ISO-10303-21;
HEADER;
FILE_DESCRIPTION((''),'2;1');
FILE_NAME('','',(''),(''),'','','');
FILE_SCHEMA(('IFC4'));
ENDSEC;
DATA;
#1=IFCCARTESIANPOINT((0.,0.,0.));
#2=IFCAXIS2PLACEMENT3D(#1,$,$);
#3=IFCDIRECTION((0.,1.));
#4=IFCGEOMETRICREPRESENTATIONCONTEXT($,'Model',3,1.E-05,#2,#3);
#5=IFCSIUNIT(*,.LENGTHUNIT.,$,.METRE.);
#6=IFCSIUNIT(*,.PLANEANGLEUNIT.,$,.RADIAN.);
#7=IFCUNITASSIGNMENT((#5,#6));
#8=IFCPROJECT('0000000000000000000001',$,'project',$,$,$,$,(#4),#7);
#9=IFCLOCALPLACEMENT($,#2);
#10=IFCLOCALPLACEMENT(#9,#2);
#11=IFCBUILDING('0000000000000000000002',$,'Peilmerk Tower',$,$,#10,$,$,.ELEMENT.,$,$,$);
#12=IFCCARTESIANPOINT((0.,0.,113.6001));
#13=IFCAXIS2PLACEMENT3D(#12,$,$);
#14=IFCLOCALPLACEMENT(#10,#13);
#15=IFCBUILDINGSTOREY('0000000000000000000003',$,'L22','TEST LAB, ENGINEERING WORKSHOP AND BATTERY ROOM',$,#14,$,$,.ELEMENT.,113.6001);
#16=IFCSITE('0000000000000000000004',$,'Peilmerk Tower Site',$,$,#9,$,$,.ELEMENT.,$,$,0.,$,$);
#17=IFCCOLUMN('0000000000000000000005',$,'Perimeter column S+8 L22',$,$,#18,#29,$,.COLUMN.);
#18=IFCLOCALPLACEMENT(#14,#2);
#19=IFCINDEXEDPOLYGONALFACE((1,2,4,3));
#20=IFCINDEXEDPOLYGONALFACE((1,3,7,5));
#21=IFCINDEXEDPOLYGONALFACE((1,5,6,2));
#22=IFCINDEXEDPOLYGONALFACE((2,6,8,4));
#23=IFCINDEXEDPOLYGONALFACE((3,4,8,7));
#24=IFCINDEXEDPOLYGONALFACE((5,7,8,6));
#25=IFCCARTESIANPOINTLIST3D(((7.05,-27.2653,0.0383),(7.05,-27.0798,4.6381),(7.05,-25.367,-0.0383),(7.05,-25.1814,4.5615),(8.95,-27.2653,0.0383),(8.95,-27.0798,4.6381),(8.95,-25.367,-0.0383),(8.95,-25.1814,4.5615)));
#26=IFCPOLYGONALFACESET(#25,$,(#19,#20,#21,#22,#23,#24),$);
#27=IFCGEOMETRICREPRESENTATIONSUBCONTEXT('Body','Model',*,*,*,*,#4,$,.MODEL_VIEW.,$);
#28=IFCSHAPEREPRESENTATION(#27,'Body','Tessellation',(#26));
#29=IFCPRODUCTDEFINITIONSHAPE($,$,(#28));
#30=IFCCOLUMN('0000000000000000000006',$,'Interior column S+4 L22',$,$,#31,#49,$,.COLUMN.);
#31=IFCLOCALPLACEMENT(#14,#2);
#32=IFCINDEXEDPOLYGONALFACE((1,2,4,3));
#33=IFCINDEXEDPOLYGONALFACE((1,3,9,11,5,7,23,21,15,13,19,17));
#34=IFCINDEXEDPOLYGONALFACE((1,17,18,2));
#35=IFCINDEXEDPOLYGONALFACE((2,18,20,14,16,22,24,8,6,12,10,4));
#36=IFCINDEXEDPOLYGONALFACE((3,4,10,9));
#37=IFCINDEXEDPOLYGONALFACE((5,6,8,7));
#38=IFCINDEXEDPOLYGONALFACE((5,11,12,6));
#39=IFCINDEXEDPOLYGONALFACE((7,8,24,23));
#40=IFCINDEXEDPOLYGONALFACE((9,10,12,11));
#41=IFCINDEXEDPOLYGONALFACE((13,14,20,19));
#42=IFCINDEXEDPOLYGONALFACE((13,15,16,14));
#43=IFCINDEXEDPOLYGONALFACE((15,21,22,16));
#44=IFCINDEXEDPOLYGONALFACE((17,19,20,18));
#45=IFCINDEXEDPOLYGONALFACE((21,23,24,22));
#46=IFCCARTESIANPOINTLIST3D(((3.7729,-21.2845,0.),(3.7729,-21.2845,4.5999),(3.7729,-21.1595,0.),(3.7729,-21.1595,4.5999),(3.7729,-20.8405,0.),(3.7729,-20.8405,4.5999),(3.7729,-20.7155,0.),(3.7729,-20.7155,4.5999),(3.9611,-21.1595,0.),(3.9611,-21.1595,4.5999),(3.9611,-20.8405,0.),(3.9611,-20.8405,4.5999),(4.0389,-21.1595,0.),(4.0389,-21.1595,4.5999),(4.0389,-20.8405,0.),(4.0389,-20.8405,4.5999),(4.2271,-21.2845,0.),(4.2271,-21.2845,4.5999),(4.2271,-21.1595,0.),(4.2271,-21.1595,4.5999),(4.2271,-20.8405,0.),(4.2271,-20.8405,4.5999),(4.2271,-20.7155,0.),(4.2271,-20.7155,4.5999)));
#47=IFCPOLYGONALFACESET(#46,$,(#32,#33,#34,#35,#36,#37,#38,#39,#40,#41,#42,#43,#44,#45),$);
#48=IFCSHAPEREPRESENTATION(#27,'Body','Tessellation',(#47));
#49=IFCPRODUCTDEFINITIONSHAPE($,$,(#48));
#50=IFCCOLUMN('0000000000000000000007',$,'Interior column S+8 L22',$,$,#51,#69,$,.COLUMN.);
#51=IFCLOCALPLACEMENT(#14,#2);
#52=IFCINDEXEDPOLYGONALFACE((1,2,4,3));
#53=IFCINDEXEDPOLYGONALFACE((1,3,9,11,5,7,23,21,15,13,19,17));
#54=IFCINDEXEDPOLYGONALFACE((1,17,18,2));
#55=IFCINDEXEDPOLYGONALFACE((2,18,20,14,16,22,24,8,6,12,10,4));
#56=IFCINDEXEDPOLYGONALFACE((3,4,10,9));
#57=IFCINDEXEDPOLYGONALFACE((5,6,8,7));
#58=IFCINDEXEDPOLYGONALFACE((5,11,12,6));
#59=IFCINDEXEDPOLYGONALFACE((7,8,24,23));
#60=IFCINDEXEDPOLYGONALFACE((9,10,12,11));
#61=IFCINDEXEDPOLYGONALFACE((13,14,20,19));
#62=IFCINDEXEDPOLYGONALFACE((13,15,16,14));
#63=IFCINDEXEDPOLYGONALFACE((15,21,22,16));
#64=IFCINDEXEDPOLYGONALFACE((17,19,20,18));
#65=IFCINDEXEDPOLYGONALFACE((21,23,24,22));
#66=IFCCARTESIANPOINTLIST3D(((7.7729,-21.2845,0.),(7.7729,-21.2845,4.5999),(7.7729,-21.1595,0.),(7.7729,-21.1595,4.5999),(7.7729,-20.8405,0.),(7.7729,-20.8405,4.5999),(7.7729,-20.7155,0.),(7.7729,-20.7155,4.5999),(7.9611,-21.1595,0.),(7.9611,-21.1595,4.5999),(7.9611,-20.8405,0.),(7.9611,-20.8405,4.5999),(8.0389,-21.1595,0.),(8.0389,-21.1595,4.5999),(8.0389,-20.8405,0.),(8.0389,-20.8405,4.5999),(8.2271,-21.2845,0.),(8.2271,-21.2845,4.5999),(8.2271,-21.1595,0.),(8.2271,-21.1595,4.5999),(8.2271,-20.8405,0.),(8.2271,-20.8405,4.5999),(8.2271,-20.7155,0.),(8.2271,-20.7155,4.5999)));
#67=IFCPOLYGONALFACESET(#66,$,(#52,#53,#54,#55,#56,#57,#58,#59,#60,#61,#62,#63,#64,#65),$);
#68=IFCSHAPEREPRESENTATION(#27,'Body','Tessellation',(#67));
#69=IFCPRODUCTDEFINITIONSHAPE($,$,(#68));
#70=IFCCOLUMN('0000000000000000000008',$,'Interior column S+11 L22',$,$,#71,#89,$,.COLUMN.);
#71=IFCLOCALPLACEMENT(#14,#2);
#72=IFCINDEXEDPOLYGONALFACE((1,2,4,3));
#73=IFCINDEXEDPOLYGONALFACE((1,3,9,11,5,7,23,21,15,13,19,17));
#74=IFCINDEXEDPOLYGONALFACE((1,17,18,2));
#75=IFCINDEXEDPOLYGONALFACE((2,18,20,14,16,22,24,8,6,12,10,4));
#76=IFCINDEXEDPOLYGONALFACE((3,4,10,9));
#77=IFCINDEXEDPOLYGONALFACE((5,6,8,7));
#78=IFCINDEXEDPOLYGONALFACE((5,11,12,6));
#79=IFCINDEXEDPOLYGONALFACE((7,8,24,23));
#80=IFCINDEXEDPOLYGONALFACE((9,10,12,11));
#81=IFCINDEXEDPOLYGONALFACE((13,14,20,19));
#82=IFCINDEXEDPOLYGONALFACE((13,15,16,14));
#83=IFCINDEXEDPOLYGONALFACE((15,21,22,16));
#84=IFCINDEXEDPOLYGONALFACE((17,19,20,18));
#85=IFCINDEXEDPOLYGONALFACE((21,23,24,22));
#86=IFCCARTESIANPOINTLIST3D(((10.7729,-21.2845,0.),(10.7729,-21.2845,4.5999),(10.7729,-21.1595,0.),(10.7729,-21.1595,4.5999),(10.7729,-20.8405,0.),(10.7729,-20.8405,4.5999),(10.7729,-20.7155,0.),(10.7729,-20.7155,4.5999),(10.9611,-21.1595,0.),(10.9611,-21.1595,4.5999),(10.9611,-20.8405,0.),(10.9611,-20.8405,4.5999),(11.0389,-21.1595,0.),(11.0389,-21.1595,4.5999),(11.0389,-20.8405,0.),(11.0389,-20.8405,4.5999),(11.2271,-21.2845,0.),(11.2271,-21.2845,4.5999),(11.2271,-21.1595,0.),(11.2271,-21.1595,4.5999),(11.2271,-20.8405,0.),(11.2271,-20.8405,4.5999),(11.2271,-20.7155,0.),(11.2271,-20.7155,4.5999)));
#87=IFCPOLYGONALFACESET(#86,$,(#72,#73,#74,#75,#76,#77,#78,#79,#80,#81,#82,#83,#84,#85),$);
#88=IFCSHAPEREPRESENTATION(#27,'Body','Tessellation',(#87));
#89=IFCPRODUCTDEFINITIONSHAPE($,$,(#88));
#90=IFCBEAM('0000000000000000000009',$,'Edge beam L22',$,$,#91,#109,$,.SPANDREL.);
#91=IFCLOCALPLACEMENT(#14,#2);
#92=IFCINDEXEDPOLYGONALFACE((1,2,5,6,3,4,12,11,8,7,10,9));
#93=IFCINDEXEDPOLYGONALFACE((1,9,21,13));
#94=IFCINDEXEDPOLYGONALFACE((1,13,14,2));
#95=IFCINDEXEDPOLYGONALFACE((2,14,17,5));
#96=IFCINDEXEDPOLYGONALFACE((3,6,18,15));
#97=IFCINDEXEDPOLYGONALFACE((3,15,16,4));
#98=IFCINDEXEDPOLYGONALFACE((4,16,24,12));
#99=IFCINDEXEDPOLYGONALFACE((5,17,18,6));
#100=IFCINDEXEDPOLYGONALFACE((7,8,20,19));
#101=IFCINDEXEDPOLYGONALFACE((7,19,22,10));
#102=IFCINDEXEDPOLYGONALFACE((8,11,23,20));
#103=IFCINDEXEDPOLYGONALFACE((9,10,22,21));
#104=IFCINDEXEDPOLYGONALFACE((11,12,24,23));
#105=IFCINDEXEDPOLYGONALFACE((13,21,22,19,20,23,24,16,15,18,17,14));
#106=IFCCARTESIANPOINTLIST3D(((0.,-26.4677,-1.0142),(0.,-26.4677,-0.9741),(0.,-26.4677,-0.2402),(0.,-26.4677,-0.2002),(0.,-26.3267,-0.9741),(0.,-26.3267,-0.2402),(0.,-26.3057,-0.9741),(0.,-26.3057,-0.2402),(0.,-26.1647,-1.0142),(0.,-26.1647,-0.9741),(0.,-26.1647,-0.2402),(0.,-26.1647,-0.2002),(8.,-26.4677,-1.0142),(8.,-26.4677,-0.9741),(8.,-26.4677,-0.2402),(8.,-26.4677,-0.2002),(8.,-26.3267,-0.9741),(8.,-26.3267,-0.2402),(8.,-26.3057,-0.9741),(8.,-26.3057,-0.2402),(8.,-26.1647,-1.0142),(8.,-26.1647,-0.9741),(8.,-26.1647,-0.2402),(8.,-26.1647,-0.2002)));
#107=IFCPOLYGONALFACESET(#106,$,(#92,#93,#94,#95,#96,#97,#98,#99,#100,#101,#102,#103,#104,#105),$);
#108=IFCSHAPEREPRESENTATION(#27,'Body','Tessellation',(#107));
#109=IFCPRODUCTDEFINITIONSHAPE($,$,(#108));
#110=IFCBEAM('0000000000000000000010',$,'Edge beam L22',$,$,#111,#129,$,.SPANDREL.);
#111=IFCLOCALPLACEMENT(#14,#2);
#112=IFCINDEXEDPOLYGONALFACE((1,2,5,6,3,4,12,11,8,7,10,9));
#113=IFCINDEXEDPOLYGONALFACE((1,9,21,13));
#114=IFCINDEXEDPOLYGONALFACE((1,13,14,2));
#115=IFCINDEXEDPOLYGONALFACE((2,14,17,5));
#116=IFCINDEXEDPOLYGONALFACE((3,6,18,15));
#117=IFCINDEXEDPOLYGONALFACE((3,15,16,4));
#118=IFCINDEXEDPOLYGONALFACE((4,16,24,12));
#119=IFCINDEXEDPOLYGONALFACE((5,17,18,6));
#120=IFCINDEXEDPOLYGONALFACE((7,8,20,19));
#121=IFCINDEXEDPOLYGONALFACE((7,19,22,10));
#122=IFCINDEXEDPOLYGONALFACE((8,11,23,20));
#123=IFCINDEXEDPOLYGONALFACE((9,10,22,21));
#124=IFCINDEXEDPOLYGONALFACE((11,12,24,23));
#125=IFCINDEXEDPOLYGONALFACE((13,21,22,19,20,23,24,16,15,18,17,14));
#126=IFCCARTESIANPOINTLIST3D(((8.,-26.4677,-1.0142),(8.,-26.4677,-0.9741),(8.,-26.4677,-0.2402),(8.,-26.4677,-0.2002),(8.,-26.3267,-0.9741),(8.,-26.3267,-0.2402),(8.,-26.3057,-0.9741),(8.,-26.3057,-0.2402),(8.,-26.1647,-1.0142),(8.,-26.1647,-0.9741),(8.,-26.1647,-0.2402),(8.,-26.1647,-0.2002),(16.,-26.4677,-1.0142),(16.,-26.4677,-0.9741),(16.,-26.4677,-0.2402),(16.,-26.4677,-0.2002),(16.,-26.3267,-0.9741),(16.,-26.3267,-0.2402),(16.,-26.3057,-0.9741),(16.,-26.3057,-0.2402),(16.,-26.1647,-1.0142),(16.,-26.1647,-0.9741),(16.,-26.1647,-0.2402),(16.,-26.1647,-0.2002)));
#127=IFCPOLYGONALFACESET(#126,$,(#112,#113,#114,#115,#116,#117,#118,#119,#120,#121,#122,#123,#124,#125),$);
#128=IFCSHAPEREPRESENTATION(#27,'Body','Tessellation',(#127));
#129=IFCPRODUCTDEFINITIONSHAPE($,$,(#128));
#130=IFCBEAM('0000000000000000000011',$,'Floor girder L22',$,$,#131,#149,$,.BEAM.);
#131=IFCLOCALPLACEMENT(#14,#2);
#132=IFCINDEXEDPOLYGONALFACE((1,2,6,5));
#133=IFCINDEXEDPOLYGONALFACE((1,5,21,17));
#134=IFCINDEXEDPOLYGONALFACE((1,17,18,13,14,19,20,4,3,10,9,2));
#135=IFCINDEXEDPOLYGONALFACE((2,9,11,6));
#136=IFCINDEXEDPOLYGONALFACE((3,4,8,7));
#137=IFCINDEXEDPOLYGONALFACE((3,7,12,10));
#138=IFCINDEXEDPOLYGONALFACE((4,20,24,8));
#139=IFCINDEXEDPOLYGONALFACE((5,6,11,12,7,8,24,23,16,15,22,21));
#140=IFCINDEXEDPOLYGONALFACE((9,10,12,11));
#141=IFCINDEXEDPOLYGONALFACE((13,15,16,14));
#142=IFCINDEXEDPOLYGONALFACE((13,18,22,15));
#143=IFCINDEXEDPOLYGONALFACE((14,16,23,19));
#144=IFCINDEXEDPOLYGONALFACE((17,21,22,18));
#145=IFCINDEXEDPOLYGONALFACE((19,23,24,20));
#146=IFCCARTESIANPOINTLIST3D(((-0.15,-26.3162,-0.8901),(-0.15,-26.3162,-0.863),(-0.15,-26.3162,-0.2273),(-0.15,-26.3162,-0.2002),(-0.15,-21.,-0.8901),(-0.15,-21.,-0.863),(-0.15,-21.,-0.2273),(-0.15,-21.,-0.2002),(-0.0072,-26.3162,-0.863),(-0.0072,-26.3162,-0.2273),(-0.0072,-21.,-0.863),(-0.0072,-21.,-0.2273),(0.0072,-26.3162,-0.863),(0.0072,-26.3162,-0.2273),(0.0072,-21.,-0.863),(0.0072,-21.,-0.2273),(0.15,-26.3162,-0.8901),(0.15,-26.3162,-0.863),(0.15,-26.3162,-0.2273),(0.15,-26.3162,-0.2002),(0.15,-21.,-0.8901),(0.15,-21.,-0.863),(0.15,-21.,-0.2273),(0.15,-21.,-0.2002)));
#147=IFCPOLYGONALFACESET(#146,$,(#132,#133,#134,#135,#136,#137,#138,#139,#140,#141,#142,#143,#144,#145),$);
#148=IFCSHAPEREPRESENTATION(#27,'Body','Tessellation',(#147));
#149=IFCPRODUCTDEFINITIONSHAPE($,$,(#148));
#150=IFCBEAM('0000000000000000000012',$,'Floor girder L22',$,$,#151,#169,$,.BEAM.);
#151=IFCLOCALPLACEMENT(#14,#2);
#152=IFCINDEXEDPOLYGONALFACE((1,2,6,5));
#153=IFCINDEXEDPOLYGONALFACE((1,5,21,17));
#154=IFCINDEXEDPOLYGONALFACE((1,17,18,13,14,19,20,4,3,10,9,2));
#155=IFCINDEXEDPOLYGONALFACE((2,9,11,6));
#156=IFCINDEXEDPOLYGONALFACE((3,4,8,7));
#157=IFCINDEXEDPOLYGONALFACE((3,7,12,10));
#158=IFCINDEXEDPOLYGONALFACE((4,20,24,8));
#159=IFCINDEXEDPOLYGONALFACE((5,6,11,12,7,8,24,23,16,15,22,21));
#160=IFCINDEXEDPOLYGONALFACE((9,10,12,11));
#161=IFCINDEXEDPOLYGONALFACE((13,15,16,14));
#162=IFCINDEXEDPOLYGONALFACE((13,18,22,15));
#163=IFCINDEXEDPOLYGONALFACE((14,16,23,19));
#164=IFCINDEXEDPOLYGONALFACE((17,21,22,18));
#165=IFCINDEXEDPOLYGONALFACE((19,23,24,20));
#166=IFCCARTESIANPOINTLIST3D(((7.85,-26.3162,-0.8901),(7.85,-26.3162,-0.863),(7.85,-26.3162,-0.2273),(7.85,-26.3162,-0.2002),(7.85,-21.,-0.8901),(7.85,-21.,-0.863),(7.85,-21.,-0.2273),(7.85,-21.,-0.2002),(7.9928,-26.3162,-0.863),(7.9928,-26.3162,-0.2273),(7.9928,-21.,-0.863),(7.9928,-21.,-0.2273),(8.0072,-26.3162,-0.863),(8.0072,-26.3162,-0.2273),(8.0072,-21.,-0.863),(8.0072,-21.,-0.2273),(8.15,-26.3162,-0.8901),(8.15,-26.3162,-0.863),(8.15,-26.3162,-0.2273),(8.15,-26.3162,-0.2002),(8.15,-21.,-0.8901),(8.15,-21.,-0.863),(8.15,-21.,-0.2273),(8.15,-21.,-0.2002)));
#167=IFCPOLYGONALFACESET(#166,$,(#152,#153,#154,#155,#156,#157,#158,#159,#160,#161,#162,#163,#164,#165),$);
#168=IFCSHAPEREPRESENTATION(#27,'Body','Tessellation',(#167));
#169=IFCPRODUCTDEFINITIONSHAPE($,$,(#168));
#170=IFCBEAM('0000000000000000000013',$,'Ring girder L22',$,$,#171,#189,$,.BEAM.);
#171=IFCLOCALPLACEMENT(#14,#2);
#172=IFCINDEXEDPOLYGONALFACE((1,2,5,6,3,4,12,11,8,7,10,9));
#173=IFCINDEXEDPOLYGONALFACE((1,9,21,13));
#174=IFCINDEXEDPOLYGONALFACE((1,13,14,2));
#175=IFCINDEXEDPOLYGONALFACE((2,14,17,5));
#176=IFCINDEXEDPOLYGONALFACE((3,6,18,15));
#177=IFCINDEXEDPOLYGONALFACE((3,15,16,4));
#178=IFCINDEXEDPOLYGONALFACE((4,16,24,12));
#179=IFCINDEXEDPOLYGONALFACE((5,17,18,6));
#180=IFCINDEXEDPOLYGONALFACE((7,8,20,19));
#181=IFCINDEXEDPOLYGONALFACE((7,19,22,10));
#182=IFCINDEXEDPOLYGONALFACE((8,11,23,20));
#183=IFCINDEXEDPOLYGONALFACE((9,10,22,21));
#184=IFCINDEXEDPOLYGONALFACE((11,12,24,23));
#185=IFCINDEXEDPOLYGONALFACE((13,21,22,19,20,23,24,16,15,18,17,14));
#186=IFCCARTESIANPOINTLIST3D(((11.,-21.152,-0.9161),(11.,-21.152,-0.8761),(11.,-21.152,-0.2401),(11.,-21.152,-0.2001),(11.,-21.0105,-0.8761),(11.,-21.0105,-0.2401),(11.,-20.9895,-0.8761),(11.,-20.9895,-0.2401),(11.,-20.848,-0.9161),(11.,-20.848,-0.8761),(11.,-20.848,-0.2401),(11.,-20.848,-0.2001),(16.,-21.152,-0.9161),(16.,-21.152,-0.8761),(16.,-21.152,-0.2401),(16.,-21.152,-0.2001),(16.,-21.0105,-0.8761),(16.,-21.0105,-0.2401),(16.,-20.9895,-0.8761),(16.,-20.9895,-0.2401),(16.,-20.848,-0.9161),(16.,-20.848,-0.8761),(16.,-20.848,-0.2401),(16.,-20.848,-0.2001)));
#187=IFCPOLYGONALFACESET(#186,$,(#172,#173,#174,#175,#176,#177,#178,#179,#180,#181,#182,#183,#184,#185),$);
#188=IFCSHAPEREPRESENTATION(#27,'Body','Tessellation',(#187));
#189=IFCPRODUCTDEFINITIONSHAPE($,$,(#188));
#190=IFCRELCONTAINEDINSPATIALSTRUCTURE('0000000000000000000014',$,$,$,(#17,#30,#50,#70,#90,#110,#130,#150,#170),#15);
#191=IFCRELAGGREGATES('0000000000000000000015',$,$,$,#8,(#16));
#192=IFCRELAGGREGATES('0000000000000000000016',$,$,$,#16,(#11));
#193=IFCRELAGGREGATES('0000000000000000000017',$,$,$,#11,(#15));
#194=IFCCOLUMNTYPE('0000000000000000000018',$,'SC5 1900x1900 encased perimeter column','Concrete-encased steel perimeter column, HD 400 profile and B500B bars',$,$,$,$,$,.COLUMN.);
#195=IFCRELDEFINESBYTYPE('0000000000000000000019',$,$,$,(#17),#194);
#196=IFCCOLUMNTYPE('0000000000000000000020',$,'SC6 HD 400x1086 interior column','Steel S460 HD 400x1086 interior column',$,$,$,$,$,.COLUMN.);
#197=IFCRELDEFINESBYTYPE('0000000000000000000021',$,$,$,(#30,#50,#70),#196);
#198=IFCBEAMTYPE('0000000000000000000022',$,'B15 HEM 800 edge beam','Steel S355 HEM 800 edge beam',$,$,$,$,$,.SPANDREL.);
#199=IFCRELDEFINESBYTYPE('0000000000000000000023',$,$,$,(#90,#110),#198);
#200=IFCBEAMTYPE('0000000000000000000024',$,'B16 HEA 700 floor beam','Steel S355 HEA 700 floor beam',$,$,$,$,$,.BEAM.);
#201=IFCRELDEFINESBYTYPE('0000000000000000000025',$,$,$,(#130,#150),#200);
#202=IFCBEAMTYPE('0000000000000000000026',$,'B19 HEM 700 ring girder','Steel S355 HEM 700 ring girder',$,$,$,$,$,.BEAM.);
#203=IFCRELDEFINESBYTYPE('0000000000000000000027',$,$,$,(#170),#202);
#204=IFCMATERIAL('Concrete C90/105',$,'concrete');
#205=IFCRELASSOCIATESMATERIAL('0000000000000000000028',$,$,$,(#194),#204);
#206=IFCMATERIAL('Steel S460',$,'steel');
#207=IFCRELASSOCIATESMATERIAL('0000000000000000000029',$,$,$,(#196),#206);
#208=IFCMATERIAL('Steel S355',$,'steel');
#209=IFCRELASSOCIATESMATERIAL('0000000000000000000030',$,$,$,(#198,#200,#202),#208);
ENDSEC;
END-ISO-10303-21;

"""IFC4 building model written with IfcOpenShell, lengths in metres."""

from ifc_helpers import new_model, si_unit, direction, frame, origin, origin_2d, place, context, subcontext, project, spatial, rectangle, i_section, extrude, material, material_profile, profile_set, type_object, element, save


model = new_model("IFC4")

# Units and contexts
model_context = context("Model", 3, precision=1e-05, world=origin(), true_north=direction((0.0, 1.0)))
body_context = subcontext(model_context, "Body", "Model", "MODEL_VIEW")
ifc_project = project(units=[si_unit("LENGTHUNIT", "METRE"), si_unit("PLANEANGLEUNIT", "RADIAN")], contexts=[model_context])

# Site, building, storey
site_placement = place(None, origin())
site = spatial("IfcSite", under=ifc_project, at=site_placement, Name="Peilmerk Tower Site", CompositionType="ELEMENT", RefElevation=0.0)
building_placement = place(site_placement, origin())
building = spatial("IfcBuilding", under=site, at=building_placement, Name="Peilmerk Tower", CompositionType="ELEMENT")
storey_placement = place(building_placement, frame((0.0, 0.0, 113.6001)))
storey = spatial("IfcBuildingStorey", under=building, at=storey_placement, Name="L22", Description="TEST LAB, ENGINEERING WORKSHOP AND BATTERY ROOM", CompositionType="ELEMENT", Elevation=113.6001)

# Columns
ifc_material_1 = material(Name="Concrete C90/105", Category="concrete")
ifc_material_profile_1 = material_profile(ifc_material_1, rectangle(XDim=1.8999, YDim=1.8999, at=origin_2d()), Name="RC 1900x1900")
ifc_profile_set_1 = profile_set([ifc_material_profile_1], Name="Concrete C90/105")
column_type_1 = type_object("IfcColumnType", Name="SC5 1900x1900 encased perimeter column", Description="Concrete-encased steel perimeter column, HD 400 profile and B500B bars", PredefinedType="COLUMN", material=ifc_profile_set_1)
column_placement = place(storey_placement, frame((8.0, -26.3162, 0.0), z_axis=(0.0, 0.040305, 0.999187), x_axis=(-1.0, 0.0, 0.0)))
element("IfcColumn", 1, at=column_placement, inside=storey, type_object=column_type_1, Name="Perimeter column S+8 L22", PredefinedType="COLUMN", context=body_context, shape_type="SweptSolid", body=[
    extrude(rectangle(XDim=1.8999, YDim=1.8999, at=origin_2d()), origin(), (0.0, 0.0, 1.0), 4.6035),
])
ifc_material_2 = material(Name="Steel S460", Category="steel")
ifc_material_profile_2 = material_profile(ifc_material_2, i_section(OverallWidth=0.4541, OverallDepth=0.5691, WebThickness=0.0779, FlangeThickness=0.125, at=origin_2d()), Name="HD 400x1086")
ifc_profile_set_2 = profile_set([ifc_material_profile_2], Name="Steel S460")
column_type_2 = type_object("IfcColumnType", Name="SC6 HD 400x1086 interior column", Description="Steel S460 HD 400x1086 interior column", PredefinedType="COLUMN", material=ifc_profile_set_2)
for number, where, z_axis, x_axis, name in (
    (2, (4.0, -21.0, 0.0), (0.0, 0.0, 1.0), (1.0, 0.0, 0.0), "Interior column S+4 L22"),
    (3, (8.0, -21.0, 0.0), (0.0, 0.0, 1.0), (1.0, 0.0, 0.0), "Interior column S+8 L22"),
    (4, (11.0, -21.0, 0.0), (0.0, 0.0, 1.0), (1.0, 0.0, 0.0), "Interior column S+11 L22"),
):
    element("IfcColumn", number, at=place(storey_placement, frame(where, z_axis=z_axis, x_axis=x_axis)), inside=storey, type_object=column_type_2, Name=name, PredefinedType="COLUMN", context=body_context, shape_type="SweptSolid", body=[
        extrude(i_section(OverallWidth=0.4541, OverallDepth=0.5691, WebThickness=0.0779, FlangeThickness=0.125, at=origin_2d()), origin(), (0.0, 0.0, 1.0), 4.5999),
    ])

# Beams
ifc_material_3 = material(Name="Steel S355", Category="steel")
ifc_material_profile_3 = material_profile(ifc_material_3, i_section(OverallWidth=0.303, OverallDepth=0.814, WebThickness=0.021, FlangeThickness=0.04, at=origin_2d()), Name="HEM 800")
ifc_profile_set_3 = profile_set([ifc_material_profile_3], Name="Steel S355")
beam_type_1 = type_object("IfcBeamType", Name="B15 HEM 800 edge beam", Description="Steel S355 HEM 800 edge beam", PredefinedType="SPANDREL", material=ifc_profile_set_3)
for number, where, z_axis, x_axis, name in (
    (5, (0.0, -26.3162, -0.6072), (1.0, 0.0, 0.0), (0.0, 1.0, 0.0), "Edge beam L22"),
    (6, (8.0, -26.3162, -0.6072), (1.0, 0.0, 0.0), (0.0, 1.0, 0.0), "Edge beam L22"),
):
    element("IfcBeam", number, at=place(storey_placement, frame(where, z_axis=z_axis, x_axis=x_axis)), inside=storey, type_object=beam_type_1, Name=name, PredefinedType="SPANDREL", context=body_context, shape_type="SweptSolid", body=[
        extrude(i_section(OverallWidth=0.303, OverallDepth=0.814, WebThickness=0.021, FlangeThickness=0.04, at=origin_2d()), origin(), (0.0, 0.0, 1.0), 8.0),
    ])
ifc_material_profile_4 = material_profile(ifc_material_3, i_section(OverallWidth=0.3, OverallDepth=0.6899, WebThickness=0.0144, FlangeThickness=0.0271, at=origin_2d()), Name="HEA 700")
ifc_profile_set_4 = profile_set([ifc_material_profile_4], Name="Steel S355")
beam_type_2 = type_object("IfcBeamType", Name="B16 HEA 700 floor beam", Description="Steel S355 HEA 700 floor beam", PredefinedType="BEAM", material=ifc_profile_set_4)
for number, where, z_axis, x_axis, name in (
    (7, (0.0, -21.0, -0.5452), (0.0, -1.0, 0.0), (1.0, 0.0, 0.0), "Floor girder L22"),
    (8, (8.0, -21.0, -0.5452), (0.0, -1.0, 0.0), (1.0, 0.0, 0.0), "Floor girder L22"),
):
    element("IfcBeam", number, at=place(storey_placement, frame(where, z_axis=z_axis, x_axis=x_axis)), inside=storey, type_object=beam_type_2, Name=name, PredefinedType="BEAM", context=body_context, shape_type="SweptSolid", body=[
        extrude(i_section(OverallWidth=0.3, OverallDepth=0.6899, WebThickness=0.0144, FlangeThickness=0.0271, at=origin_2d()), origin(), (0.0, 0.0, 1.0), 5.3162),
    ])
ifc_material_profile_5 = material_profile(ifc_material_3, i_section(OverallWidth=0.304, OverallDepth=0.7161, WebThickness=0.021, FlangeThickness=0.04, at=origin_2d()), Name="HEM 700")
ifc_profile_set_5 = profile_set([ifc_material_profile_5], Name="Steel S355")
beam_type_3 = type_object("IfcBeamType", Name="B19 HEM 700 ring girder", Description="Steel S355 HEM 700 ring girder", PredefinedType="BEAM", material=ifc_profile_set_5)
beam_1_placement = place(storey_placement, frame((11.0, -21.0, -0.5581), z_axis=(1.0, 0.0, 0.0), x_axis=(0.0, 1.0, 0.0)))
element("IfcBeam", 9, at=beam_1_placement, inside=storey, type_object=beam_type_3, Name="Ring girder L22", PredefinedType="BEAM", context=body_context, shape_type="SweptSolid", body=[
    extrude(i_section(OverallWidth=0.304, OverallDepth=0.7161, WebThickness=0.021, FlangeThickness=0.04, at=origin_2d()), origin(), (0.0, 0.0, 1.0), 5.0),
])

save(model, "model.ifc")
